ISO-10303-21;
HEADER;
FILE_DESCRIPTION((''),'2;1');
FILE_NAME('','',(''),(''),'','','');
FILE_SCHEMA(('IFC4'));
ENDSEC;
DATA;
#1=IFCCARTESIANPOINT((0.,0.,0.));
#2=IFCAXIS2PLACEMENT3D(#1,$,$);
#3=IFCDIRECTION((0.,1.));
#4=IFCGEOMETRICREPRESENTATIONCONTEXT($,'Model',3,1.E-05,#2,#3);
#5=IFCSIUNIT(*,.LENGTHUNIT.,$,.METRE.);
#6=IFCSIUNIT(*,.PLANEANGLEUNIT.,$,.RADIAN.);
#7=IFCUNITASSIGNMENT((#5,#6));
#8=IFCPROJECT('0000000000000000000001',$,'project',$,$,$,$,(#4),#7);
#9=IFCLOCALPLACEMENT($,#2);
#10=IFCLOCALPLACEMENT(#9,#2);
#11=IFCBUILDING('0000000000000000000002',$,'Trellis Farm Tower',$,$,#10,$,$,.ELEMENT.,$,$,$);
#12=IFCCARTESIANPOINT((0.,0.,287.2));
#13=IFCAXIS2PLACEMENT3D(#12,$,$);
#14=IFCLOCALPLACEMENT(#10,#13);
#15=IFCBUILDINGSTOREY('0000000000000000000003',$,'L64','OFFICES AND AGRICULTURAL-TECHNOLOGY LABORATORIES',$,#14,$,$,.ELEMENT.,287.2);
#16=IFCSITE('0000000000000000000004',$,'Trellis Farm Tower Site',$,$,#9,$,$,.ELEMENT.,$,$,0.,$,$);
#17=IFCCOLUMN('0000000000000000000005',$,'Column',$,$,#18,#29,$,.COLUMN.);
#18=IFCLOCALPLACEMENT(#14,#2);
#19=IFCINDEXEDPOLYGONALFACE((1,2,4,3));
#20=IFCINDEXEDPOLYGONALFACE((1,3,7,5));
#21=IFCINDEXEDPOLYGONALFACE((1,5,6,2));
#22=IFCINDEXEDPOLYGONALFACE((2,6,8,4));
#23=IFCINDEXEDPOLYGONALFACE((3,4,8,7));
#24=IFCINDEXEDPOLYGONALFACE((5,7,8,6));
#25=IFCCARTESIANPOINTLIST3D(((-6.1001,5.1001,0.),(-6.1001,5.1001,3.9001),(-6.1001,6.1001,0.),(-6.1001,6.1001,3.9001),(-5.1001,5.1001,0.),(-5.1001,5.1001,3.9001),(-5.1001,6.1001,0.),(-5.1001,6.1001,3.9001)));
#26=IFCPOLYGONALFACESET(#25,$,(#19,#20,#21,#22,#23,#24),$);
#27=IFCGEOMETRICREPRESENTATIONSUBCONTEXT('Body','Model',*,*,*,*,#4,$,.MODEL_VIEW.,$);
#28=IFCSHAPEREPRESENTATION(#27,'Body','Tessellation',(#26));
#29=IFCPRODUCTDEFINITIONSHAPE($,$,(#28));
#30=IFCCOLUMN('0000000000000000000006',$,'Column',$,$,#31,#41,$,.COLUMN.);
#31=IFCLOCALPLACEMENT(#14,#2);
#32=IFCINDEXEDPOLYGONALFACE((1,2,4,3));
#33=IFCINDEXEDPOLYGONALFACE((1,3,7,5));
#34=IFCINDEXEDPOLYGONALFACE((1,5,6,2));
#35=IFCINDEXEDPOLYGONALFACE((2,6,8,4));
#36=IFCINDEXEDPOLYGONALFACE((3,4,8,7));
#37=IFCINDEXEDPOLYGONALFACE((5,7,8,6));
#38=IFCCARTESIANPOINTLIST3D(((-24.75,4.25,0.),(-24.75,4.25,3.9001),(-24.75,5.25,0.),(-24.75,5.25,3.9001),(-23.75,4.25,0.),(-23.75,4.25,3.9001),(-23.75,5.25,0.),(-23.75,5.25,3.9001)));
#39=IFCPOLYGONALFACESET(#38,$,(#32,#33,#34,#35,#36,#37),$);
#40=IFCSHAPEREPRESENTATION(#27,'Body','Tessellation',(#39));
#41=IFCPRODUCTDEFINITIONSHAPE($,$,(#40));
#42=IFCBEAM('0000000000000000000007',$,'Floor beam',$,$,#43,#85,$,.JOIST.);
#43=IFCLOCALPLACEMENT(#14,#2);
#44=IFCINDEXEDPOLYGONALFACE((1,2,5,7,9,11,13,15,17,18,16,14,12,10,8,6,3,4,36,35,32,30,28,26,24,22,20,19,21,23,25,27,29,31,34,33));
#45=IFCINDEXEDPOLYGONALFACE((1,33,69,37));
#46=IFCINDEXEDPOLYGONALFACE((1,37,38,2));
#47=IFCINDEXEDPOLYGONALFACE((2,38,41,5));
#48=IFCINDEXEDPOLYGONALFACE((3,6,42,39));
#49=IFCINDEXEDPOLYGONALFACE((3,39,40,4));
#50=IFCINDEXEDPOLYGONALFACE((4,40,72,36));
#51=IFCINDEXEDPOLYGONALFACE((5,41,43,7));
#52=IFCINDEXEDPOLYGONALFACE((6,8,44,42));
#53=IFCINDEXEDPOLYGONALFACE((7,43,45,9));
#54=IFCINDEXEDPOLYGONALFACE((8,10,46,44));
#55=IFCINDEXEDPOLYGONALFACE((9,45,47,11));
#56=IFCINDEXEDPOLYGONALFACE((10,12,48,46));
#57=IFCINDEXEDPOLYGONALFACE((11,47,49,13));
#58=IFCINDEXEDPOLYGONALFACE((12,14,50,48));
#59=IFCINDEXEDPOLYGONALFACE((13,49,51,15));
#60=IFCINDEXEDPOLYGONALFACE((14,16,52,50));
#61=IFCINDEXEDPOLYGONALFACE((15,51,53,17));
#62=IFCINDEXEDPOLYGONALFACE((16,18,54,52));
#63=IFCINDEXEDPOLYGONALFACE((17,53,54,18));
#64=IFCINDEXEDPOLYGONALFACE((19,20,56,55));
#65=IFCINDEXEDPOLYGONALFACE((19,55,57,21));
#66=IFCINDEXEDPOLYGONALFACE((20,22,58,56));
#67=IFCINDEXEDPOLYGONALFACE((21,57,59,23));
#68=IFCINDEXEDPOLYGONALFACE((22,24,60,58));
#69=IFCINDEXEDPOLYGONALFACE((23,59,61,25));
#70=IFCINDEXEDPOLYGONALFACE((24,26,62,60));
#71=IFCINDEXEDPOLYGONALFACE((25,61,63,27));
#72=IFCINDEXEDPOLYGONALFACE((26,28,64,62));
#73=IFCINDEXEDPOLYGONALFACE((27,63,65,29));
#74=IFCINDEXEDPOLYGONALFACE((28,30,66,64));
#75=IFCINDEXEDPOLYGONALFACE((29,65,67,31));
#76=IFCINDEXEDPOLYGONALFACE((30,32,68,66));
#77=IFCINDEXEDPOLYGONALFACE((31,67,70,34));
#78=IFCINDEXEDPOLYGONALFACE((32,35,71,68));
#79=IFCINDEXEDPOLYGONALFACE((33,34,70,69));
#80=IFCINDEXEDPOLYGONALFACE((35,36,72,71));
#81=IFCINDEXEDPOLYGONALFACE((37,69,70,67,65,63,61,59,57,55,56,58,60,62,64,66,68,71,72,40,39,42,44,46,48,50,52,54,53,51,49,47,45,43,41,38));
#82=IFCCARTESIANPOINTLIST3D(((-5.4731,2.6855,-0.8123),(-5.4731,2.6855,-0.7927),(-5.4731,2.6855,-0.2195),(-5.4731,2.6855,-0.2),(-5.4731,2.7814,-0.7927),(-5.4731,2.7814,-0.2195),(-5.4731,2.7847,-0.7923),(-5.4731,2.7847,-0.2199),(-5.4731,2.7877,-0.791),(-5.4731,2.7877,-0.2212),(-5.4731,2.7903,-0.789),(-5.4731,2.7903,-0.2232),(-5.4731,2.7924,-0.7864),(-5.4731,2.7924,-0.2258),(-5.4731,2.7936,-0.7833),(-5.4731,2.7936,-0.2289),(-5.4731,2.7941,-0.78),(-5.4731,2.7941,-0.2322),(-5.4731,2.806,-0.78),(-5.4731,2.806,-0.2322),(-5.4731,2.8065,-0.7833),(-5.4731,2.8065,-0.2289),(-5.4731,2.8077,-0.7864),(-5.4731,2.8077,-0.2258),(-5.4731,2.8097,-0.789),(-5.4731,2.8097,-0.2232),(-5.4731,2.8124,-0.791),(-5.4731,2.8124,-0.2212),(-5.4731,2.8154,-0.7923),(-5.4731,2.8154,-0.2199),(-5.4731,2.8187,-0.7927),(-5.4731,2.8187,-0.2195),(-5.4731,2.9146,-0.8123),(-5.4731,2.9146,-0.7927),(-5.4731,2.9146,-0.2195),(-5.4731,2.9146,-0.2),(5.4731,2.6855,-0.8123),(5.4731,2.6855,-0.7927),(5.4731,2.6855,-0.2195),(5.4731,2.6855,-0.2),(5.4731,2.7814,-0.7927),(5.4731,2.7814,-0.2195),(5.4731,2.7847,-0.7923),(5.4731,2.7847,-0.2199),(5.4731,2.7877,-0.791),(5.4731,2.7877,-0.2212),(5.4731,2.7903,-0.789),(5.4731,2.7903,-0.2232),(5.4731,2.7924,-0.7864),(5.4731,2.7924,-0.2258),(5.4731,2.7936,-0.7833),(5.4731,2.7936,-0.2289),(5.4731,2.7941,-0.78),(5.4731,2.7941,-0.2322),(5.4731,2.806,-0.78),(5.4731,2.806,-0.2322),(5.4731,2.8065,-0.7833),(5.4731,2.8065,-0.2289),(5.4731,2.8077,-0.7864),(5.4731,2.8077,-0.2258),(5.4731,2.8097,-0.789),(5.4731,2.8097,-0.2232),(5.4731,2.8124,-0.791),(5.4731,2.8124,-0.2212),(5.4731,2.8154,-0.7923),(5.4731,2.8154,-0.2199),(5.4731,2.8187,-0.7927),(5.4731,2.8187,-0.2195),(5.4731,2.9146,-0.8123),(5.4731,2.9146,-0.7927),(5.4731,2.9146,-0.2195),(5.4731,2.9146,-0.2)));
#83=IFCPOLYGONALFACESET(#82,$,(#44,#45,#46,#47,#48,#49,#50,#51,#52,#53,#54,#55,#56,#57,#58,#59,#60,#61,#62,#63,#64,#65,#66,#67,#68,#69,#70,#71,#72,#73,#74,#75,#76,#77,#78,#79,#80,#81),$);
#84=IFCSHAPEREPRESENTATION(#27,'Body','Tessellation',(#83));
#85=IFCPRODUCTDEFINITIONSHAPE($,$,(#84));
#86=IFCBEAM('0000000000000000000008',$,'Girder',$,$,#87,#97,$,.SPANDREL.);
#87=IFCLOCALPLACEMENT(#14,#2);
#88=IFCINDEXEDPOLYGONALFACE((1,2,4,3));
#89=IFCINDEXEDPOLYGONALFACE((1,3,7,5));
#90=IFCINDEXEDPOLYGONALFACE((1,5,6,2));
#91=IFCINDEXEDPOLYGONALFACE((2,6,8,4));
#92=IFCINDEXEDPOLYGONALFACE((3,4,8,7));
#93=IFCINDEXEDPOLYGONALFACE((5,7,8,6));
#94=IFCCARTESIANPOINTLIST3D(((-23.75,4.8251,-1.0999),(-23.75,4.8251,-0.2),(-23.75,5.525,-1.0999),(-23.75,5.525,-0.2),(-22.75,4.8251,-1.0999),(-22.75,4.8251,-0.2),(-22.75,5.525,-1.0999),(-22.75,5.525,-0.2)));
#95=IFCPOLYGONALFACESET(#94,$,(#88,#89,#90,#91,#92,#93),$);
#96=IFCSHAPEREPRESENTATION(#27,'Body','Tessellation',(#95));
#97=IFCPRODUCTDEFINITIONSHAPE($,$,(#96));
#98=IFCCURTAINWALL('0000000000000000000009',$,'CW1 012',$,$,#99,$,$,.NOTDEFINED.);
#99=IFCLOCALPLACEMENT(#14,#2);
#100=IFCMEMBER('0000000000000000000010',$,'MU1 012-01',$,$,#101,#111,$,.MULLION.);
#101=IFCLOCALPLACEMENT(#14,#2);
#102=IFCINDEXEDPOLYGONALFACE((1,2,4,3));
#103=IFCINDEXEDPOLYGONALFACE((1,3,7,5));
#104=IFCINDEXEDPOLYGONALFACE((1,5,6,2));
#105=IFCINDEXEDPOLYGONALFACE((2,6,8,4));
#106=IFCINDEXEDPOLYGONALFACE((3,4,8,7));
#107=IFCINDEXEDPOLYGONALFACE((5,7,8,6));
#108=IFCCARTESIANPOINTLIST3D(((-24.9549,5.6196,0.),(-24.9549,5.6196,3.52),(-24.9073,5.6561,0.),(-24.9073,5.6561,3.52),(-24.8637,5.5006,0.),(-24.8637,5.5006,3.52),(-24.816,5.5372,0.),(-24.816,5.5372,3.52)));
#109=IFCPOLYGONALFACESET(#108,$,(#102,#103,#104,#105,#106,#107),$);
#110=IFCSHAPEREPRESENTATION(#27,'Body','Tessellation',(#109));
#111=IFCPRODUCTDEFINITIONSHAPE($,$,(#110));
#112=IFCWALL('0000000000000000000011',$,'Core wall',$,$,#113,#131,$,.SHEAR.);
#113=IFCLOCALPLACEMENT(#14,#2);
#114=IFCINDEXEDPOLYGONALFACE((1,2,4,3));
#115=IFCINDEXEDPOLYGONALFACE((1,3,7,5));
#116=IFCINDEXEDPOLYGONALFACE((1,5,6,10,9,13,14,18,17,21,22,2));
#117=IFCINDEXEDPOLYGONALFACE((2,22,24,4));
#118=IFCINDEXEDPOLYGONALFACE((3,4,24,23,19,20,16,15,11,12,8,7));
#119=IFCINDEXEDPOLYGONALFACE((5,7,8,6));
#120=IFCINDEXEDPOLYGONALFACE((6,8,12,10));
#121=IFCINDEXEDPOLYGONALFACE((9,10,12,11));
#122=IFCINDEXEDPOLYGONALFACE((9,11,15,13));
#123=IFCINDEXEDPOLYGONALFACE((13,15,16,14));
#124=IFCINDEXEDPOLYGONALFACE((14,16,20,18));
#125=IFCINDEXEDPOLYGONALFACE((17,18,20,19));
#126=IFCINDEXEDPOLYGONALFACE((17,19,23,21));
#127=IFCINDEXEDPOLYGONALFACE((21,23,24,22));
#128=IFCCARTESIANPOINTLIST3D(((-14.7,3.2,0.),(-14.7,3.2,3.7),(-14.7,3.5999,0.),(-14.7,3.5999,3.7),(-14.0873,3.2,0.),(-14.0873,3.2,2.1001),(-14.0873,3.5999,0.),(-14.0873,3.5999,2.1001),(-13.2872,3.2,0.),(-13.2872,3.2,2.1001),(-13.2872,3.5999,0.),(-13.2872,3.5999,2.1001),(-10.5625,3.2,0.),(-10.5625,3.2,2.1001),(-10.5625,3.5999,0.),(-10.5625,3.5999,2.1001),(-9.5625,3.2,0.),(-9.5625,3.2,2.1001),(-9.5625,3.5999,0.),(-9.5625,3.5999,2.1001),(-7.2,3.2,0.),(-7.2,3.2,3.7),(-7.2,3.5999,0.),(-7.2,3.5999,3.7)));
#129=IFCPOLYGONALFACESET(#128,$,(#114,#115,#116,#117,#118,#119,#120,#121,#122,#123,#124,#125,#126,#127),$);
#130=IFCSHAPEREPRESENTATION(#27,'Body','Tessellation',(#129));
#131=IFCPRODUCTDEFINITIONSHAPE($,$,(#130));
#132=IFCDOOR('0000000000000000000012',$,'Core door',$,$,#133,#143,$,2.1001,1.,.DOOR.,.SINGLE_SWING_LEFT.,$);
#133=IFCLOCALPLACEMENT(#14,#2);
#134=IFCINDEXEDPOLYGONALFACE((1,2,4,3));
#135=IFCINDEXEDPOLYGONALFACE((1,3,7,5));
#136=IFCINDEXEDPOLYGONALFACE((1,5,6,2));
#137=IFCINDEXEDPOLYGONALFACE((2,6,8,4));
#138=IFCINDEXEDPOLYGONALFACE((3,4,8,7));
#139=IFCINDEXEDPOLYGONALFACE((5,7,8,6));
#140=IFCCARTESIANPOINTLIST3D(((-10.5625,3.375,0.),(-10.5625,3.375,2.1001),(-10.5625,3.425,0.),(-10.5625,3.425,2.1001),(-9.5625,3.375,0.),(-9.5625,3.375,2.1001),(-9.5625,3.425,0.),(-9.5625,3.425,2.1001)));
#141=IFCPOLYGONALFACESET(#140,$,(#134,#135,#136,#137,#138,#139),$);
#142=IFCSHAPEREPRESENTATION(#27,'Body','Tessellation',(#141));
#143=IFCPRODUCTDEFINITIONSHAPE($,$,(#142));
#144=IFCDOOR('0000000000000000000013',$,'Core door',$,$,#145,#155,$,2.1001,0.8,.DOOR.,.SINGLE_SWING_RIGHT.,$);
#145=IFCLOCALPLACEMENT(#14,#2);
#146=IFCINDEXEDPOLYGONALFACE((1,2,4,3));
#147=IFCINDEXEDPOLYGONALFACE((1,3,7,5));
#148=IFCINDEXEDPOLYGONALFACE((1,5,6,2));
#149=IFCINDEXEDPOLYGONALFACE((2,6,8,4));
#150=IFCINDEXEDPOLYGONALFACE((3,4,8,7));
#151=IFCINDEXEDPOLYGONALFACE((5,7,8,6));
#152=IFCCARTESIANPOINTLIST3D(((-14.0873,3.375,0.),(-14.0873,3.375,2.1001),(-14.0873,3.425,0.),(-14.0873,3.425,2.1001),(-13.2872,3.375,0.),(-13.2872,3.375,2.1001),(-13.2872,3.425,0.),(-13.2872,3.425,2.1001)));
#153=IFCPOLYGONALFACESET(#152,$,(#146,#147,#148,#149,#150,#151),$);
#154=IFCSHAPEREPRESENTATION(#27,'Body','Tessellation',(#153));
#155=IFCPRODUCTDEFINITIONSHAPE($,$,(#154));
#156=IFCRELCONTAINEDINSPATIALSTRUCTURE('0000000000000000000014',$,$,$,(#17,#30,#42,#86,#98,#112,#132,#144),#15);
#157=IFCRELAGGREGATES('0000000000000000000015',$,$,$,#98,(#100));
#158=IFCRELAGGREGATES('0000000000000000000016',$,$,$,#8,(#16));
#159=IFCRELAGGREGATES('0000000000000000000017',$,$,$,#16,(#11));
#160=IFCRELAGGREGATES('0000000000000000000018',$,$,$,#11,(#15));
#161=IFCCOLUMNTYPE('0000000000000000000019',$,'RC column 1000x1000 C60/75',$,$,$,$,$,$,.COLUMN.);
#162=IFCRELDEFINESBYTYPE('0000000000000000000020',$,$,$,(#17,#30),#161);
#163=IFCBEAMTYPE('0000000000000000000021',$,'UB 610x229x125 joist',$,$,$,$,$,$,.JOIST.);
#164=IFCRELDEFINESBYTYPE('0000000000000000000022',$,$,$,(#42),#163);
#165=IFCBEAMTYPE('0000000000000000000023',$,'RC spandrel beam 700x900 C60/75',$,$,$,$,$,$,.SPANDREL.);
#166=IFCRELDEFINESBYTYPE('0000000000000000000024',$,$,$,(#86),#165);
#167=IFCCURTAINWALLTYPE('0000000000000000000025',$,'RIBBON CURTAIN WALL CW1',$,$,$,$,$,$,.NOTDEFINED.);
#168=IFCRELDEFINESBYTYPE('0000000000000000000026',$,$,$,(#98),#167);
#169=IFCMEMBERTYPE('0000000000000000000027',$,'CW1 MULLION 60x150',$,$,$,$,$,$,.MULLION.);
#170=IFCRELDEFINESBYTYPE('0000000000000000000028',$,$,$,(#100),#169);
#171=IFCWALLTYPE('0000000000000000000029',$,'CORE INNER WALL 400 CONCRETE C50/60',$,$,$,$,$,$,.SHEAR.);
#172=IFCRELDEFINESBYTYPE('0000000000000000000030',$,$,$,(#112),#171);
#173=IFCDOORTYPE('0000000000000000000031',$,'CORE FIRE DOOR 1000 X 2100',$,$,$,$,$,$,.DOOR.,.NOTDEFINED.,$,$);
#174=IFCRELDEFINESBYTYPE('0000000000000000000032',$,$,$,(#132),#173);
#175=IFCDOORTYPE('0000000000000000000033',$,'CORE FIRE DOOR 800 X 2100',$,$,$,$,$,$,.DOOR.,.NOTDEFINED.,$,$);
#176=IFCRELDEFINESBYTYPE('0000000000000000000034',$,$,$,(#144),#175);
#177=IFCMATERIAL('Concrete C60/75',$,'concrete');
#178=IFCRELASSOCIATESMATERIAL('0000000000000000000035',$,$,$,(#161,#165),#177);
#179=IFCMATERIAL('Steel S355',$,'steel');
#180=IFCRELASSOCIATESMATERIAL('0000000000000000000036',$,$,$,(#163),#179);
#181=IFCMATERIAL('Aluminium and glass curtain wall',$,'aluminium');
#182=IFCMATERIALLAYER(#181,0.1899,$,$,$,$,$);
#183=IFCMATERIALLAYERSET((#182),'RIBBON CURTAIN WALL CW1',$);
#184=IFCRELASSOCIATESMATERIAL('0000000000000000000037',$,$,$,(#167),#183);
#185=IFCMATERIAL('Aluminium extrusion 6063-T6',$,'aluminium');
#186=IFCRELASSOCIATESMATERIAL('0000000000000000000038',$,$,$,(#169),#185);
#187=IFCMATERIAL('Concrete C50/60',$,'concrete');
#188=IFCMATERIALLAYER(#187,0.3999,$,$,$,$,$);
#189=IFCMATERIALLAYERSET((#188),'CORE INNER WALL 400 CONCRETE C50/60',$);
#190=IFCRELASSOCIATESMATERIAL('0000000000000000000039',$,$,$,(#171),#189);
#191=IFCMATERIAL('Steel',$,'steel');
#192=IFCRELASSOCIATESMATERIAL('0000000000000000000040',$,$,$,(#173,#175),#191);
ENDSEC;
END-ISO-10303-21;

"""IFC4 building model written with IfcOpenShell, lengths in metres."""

from ifc_helpers import new_model, si_unit, direction, frame, frame_2d, origin, origin_2d, place, context, subcontext, project, spatial, rectangle, i_section, extrude, source, transform, mapped, material, layer, layer_set, material_profile, profile_set, type_object, element, fill, aggregate, save


model = new_model("IFC4")

# Units and contexts
model_context = context("Model", 3, precision=1e-05, world=origin(), true_north=direction((0.0, 1.0)))
body_context = subcontext(model_context, "Body", "Model", "MODEL_VIEW")
ifc_project = project(units=[si_unit("LENGTHUNIT", "METRE"), si_unit("PLANEANGLEUNIT", "RADIAN")], contexts=[model_context])

# Site, building, storey
site_placement = place(None, origin())
site = spatial("IfcSite", under=ifc_project, at=site_placement, Name="Trellis Farm Tower Site", CompositionType="ELEMENT", RefElevation=0.0)
building_placement = place(site_placement, origin())
building = spatial("IfcBuilding", under=site, at=building_placement, Name="Trellis Farm Tower", CompositionType="ELEMENT")
storey_placement = place(building_placement, frame((0.0, 0.0, 287.2)))
storey = spatial("IfcBuildingStorey", under=building, at=storey_placement, Name="L64", Description="OFFICES AND AGRICULTURAL-TECHNOLOGY LABORATORIES", CompositionType="ELEMENT", Elevation=287.2)

# Columns
ifc_material_1 = material(Name="Concrete C60/75", Category="concrete")
ifc_material_profile_1 = material_profile(ifc_material_1, rectangle(XDim=1.0, YDim=1.0, at=origin_2d()), Name="RC column 1000x1000 C60/75")
ifc_profile_set_1 = profile_set([ifc_material_profile_1], Name="Concrete C60/75")
column_type = type_object("IfcColumnType", Name="RC column 1000x1000 C60/75", PredefinedType="COLUMN", material=ifc_profile_set_1)
shared_shape_1 = source(origin(), body_context, "Body", "SweptSolid", [
    extrude(rectangle(XDim=1.0, YDim=1.0, at=origin_2d()), origin(), (0.0, 0.0, 1.0), 3.9001),
])
for number, where, z_axis, x_axis, name in (
    (1, (-5.6001, 5.6001, 0.0), (0.0, 0.0, 1.0), (1.0, 0.0, 0.0), "Column"),
    (2, (-24.25, 4.75, 0.0), (0.0, 0.0, 1.0), (1.0, 0.0, 0.0), "Column"),
):
    element("IfcColumn", number, at=place(storey_placement, frame(where, z_axis=z_axis, x_axis=x_axis)), inside=storey, type_object=column_type, Name=name, PredefinedType="COLUMN", context=body_context, shape_type="MappedRepresentation", body=[
        mapped(shared_shape_1, transform((0.0, 0.0, 0.0))),
    ])

# Beams
ifc_material_2 = material(Name="Steel S355", Category="steel")
ifc_material_profile_2 = material_profile(ifc_material_2, i_section(OverallWidth=0.229, OverallDepth=0.6123, WebThickness=0.012, FlangeThickness=0.0195, FilletRadius=0.0127, at=origin_2d()), Name="UB 610x229x125")
ifc_profile_set_2 = profile_set([ifc_material_profile_2], Name="Steel S355")
beam_type_1 = type_object("IfcBeamType", Name="UB 610x229x125 joist", PredefinedType="JOIST", material=ifc_profile_set_2)
shared_shape_2 = source(origin(), body_context, "Body", "SweptSolid", [
    extrude(i_section(OverallWidth=0.229, OverallDepth=0.6123, WebThickness=0.012, FlangeThickness=0.0195, FilletRadius=0.0127, at=origin_2d()), origin(), (0.0, 0.0, 1.0), 10.9463),
])
beam_1_placement = place(storey_placement, frame((-5.4731, 2.8, -0.5061), z_axis=(1.0, 0.0, 0.0), x_axis=(0.0, 1.0, 0.0)))
element("IfcBeam", 3, at=beam_1_placement, inside=storey, type_object=beam_type_1, Name="Floor beam", PredefinedType="JOIST", context=body_context, shape_type="MappedRepresentation", body=[
    mapped(shared_shape_2, transform((0.0, 0.0, 0.0))),
])
ifc_material_profile_3 = material_profile(ifc_material_1, rectangle(XDim=0.7, YDim=0.8999, at=origin_2d()), Name="RC spandrel beam 700x900 C60/75")
ifc_profile_set_3 = profile_set([ifc_material_profile_3], Name="Concrete C60/75")
beam_type_2 = type_object("IfcBeamType", Name="RC spandrel beam 700x900 C60/75", PredefinedType="SPANDREL", material=ifc_profile_set_3)
shared_shape_3 = source(origin(), body_context, "Body", "SweptSolid", [
    extrude(rectangle(XDim=0.7, YDim=0.8999, at=origin_2d()), origin(), (0.0, 0.0, 1.0), 1.0),
])
beam_2_placement = place(storey_placement, frame((-23.75, 5.175, -0.6499), z_axis=(1.0, 0.0, 0.0), x_axis=(0.0, 1.0, 0.0)))
element("IfcBeam", 4, at=beam_2_placement, inside=storey, type_object=beam_type_2, Name="Girder", PredefinedType="SPANDREL", context=body_context, shape_type="MappedRepresentation", body=[
    mapped(shared_shape_3, transform((0.0, 0.0, 0.0))),
])

# Curtain wall, member
ifc_material_3 = material(Name="Aluminium and glass curtain wall", Category="aluminium")
ifc_layer_1 = layer(ifc_material_3, 0.1899)
ifc_layer_set_1 = layer_set([ifc_layer_1], Name="RIBBON CURTAIN WALL CW1")
curtain_wall_type = type_object("IfcCurtainWallType", Name="RIBBON CURTAIN WALL CW1", PredefinedType="NOTDEFINED", material=ifc_layer_set_1)
placement = place(storey_placement, origin())
curtain_wall = element("IfcCurtainWall", 5, at=placement, inside=storey, type_object=curtain_wall_type, Name="CW1 012", PredefinedType="NOTDEFINED")
ifc_material_4 = material(Name="Aluminium extrusion 6063-T6", Category="aluminium")
ifc_material_profile_4 = material_profile(ifc_material_4, rectangle(XDim=0.0601, YDim=0.1499, at=origin_2d()), Name="MULLION 60x150")
ifc_profile_set_4 = profile_set([ifc_material_profile_4], Name="Aluminium extrusion 6063-T6")
member_type = type_object("IfcMemberType", Name="CW1 MULLION 60x150", PredefinedType="MULLION", material=ifc_profile_set_4)
shared_shape_4 = source(origin(), body_context, "Body", "SweptSolid", [
    extrude(rectangle(XDim=0.0601, YDim=0.1499, at=origin_2d()), origin(), (0.0, 0.0, 1.0), 3.52),
])
member_placement = place(storey_placement, frame((-24.8855, 5.5784, 0.0), z_axis=(0.0, 0.0, 1.0), x_axis=(-0.793353, -0.608761, 0.0)))
member = element("IfcMember", 6, at=member_placement, type_object=member_type, Name="MU1 012-01", PredefinedType="MULLION", context=body_context, shape_type="MappedRepresentation", body=[
    mapped(shared_shape_4, transform((0.0, 0.0, 0.0))),
])
aggregate(curtain_wall, [member])

# Wall, openings, doors
ifc_material_5 = material(Name="Concrete C50/60", Category="concrete")
ifc_layer_2 = layer(ifc_material_5, 0.3999)
ifc_layer_set_2 = layer_set([ifc_layer_2], Name="CORE INNER WALL 400 CONCRETE C50/60")
wall_type_1 = type_object("IfcWallType", Name="CORE INNER WALL 400 CONCRETE C50/60", PredefinedType="SHEAR", material=ifc_layer_set_2)
shared_shape_5 = source(origin(), body_context, "Body", "SweptSolid", [
    extrude(rectangle(XDim=7.5, YDim=0.3999, at=frame_2d((3.75, 0.0))), origin(), (0.0, 0.0, 1.0), 3.7),
])
wall_1_placement = place(storey_placement, frame((-7.2, 3.3999, 0.0), z_axis=(0.0, 0.0, 1.0), x_axis=(-1.0, 0.0, 0.0)))
wall_1 = element("IfcWall", 7, at=wall_1_placement, inside=storey, type_object=wall_type_1, Name="Core wall", PredefinedType="SHEAR", context=body_context, shape_type="MappedRepresentation", body=[
    mapped(shared_shape_5, transform((0.0, 0.0, 0.0))),
])
shared_shape_6 = source(origin(), body_context, "Body", "SweptSolid", [
    extrude(rectangle(XDim=1.0, YDim=2.1001, at=frame_2d((0.5, 1.05))), frame((0.0, 0.21, 0.0), z_axis=(0.0, -1.0, 0.0), x_axis=(1.0, 0.0, 0.0)), (0.0, 0.0, 1.0), 0.4199),
])
opening_1_placement = place(wall_1_placement, frame((2.3625, 0.0, 0.0)))
opening_1 = element("IfcOpeningElement", 8, at=opening_1_placement, cuts=wall_1, PredefinedType="OPENING", context=body_context, shape_type="MappedRepresentation", body=[
    mapped(shared_shape_6, transform((0.0, 0.0, 0.0))),
])
shared_shape_7 = source(origin(), body_context, "Body", "SweptSolid", [
    extrude(rectangle(XDim=0.8, YDim=2.1001, at=frame_2d((0.3999, 1.05))), frame((0.0, 0.21, 0.0), z_axis=(0.0, -1.0, 0.0), x_axis=(1.0, 0.0, 0.0)), (0.0, 0.0, 1.0), 0.4199),
])
opening_2_placement = place(wall_1_placement, frame((6.0874, 0.0, 0.0)))
opening_2 = element("IfcOpeningElement", 9, at=opening_2_placement, cuts=wall_1, PredefinedType="OPENING", context=body_context, shape_type="MappedRepresentation", body=[
    mapped(shared_shape_7, transform((0.0, 0.0, 0.0))),
])
ifc_material_6 = material(Name="Steel", Category="steel")
door_type_1 = type_object("IfcDoorType", Name="CORE FIRE DOOR 1000 X 2100", OperationType="NOTDEFINED", PredefinedType="DOOR", material=ifc_material_6)
shared_shape_8 = source(origin(), body_context, "Body", "SweptSolid", [
    extrude(rectangle(XDim=1.0, YDim=2.1001, at=frame_2d((0.5, 1.05))), frame((0.0, 0.0249, 0.0), z_axis=(0.0, -1.0, 0.0), x_axis=(1.0, 0.0, 0.0)), (0.0, 0.0, 1.0), 0.05),
])
door_1_placement = place(opening_1_placement, origin())
door_1 = element("IfcDoor", 10, at=door_1_placement, inside=storey, type_object=door_type_1, Name="Core door", OperationType="SINGLE_SWING_LEFT", OverallHeight=2.1001, OverallWidth=1.0, PredefinedType="DOOR", context=body_context, shape_type="MappedRepresentation", body=[
    mapped(shared_shape_8, transform((0.0, 0.0, 0.0))),
])
fill(opening_1, door_1)
door_type_2 = type_object("IfcDoorType", Name="CORE FIRE DOOR 800 X 2100", OperationType="NOTDEFINED", PredefinedType="DOOR", material=ifc_material_6)
shared_shape_9 = source(origin(), body_context, "Body", "SweptSolid", [
    extrude(rectangle(XDim=0.8, YDim=2.1001, at=frame_2d((0.3999, 1.05))), frame((0.0, 0.0249, 0.0), z_axis=(0.0, -1.0, 0.0), x_axis=(1.0, 0.0, 0.0)), (0.0, 0.0, 1.0), 0.05),
])
door_2_placement = place(opening_2_placement, origin())
door_2 = element("IfcDoor", 11, at=door_2_placement, inside=storey, type_object=door_type_2, Name="Core door", OperationType="SINGLE_SWING_RIGHT", OverallHeight=2.1001, OverallWidth=0.8, PredefinedType="DOOR", context=body_context, shape_type="MappedRepresentation", body=[
    mapped(shared_shape_9, transform((0.0, 0.0, 0.0))),
])
fill(opening_2, door_2)

save(model, "model.ifc")
